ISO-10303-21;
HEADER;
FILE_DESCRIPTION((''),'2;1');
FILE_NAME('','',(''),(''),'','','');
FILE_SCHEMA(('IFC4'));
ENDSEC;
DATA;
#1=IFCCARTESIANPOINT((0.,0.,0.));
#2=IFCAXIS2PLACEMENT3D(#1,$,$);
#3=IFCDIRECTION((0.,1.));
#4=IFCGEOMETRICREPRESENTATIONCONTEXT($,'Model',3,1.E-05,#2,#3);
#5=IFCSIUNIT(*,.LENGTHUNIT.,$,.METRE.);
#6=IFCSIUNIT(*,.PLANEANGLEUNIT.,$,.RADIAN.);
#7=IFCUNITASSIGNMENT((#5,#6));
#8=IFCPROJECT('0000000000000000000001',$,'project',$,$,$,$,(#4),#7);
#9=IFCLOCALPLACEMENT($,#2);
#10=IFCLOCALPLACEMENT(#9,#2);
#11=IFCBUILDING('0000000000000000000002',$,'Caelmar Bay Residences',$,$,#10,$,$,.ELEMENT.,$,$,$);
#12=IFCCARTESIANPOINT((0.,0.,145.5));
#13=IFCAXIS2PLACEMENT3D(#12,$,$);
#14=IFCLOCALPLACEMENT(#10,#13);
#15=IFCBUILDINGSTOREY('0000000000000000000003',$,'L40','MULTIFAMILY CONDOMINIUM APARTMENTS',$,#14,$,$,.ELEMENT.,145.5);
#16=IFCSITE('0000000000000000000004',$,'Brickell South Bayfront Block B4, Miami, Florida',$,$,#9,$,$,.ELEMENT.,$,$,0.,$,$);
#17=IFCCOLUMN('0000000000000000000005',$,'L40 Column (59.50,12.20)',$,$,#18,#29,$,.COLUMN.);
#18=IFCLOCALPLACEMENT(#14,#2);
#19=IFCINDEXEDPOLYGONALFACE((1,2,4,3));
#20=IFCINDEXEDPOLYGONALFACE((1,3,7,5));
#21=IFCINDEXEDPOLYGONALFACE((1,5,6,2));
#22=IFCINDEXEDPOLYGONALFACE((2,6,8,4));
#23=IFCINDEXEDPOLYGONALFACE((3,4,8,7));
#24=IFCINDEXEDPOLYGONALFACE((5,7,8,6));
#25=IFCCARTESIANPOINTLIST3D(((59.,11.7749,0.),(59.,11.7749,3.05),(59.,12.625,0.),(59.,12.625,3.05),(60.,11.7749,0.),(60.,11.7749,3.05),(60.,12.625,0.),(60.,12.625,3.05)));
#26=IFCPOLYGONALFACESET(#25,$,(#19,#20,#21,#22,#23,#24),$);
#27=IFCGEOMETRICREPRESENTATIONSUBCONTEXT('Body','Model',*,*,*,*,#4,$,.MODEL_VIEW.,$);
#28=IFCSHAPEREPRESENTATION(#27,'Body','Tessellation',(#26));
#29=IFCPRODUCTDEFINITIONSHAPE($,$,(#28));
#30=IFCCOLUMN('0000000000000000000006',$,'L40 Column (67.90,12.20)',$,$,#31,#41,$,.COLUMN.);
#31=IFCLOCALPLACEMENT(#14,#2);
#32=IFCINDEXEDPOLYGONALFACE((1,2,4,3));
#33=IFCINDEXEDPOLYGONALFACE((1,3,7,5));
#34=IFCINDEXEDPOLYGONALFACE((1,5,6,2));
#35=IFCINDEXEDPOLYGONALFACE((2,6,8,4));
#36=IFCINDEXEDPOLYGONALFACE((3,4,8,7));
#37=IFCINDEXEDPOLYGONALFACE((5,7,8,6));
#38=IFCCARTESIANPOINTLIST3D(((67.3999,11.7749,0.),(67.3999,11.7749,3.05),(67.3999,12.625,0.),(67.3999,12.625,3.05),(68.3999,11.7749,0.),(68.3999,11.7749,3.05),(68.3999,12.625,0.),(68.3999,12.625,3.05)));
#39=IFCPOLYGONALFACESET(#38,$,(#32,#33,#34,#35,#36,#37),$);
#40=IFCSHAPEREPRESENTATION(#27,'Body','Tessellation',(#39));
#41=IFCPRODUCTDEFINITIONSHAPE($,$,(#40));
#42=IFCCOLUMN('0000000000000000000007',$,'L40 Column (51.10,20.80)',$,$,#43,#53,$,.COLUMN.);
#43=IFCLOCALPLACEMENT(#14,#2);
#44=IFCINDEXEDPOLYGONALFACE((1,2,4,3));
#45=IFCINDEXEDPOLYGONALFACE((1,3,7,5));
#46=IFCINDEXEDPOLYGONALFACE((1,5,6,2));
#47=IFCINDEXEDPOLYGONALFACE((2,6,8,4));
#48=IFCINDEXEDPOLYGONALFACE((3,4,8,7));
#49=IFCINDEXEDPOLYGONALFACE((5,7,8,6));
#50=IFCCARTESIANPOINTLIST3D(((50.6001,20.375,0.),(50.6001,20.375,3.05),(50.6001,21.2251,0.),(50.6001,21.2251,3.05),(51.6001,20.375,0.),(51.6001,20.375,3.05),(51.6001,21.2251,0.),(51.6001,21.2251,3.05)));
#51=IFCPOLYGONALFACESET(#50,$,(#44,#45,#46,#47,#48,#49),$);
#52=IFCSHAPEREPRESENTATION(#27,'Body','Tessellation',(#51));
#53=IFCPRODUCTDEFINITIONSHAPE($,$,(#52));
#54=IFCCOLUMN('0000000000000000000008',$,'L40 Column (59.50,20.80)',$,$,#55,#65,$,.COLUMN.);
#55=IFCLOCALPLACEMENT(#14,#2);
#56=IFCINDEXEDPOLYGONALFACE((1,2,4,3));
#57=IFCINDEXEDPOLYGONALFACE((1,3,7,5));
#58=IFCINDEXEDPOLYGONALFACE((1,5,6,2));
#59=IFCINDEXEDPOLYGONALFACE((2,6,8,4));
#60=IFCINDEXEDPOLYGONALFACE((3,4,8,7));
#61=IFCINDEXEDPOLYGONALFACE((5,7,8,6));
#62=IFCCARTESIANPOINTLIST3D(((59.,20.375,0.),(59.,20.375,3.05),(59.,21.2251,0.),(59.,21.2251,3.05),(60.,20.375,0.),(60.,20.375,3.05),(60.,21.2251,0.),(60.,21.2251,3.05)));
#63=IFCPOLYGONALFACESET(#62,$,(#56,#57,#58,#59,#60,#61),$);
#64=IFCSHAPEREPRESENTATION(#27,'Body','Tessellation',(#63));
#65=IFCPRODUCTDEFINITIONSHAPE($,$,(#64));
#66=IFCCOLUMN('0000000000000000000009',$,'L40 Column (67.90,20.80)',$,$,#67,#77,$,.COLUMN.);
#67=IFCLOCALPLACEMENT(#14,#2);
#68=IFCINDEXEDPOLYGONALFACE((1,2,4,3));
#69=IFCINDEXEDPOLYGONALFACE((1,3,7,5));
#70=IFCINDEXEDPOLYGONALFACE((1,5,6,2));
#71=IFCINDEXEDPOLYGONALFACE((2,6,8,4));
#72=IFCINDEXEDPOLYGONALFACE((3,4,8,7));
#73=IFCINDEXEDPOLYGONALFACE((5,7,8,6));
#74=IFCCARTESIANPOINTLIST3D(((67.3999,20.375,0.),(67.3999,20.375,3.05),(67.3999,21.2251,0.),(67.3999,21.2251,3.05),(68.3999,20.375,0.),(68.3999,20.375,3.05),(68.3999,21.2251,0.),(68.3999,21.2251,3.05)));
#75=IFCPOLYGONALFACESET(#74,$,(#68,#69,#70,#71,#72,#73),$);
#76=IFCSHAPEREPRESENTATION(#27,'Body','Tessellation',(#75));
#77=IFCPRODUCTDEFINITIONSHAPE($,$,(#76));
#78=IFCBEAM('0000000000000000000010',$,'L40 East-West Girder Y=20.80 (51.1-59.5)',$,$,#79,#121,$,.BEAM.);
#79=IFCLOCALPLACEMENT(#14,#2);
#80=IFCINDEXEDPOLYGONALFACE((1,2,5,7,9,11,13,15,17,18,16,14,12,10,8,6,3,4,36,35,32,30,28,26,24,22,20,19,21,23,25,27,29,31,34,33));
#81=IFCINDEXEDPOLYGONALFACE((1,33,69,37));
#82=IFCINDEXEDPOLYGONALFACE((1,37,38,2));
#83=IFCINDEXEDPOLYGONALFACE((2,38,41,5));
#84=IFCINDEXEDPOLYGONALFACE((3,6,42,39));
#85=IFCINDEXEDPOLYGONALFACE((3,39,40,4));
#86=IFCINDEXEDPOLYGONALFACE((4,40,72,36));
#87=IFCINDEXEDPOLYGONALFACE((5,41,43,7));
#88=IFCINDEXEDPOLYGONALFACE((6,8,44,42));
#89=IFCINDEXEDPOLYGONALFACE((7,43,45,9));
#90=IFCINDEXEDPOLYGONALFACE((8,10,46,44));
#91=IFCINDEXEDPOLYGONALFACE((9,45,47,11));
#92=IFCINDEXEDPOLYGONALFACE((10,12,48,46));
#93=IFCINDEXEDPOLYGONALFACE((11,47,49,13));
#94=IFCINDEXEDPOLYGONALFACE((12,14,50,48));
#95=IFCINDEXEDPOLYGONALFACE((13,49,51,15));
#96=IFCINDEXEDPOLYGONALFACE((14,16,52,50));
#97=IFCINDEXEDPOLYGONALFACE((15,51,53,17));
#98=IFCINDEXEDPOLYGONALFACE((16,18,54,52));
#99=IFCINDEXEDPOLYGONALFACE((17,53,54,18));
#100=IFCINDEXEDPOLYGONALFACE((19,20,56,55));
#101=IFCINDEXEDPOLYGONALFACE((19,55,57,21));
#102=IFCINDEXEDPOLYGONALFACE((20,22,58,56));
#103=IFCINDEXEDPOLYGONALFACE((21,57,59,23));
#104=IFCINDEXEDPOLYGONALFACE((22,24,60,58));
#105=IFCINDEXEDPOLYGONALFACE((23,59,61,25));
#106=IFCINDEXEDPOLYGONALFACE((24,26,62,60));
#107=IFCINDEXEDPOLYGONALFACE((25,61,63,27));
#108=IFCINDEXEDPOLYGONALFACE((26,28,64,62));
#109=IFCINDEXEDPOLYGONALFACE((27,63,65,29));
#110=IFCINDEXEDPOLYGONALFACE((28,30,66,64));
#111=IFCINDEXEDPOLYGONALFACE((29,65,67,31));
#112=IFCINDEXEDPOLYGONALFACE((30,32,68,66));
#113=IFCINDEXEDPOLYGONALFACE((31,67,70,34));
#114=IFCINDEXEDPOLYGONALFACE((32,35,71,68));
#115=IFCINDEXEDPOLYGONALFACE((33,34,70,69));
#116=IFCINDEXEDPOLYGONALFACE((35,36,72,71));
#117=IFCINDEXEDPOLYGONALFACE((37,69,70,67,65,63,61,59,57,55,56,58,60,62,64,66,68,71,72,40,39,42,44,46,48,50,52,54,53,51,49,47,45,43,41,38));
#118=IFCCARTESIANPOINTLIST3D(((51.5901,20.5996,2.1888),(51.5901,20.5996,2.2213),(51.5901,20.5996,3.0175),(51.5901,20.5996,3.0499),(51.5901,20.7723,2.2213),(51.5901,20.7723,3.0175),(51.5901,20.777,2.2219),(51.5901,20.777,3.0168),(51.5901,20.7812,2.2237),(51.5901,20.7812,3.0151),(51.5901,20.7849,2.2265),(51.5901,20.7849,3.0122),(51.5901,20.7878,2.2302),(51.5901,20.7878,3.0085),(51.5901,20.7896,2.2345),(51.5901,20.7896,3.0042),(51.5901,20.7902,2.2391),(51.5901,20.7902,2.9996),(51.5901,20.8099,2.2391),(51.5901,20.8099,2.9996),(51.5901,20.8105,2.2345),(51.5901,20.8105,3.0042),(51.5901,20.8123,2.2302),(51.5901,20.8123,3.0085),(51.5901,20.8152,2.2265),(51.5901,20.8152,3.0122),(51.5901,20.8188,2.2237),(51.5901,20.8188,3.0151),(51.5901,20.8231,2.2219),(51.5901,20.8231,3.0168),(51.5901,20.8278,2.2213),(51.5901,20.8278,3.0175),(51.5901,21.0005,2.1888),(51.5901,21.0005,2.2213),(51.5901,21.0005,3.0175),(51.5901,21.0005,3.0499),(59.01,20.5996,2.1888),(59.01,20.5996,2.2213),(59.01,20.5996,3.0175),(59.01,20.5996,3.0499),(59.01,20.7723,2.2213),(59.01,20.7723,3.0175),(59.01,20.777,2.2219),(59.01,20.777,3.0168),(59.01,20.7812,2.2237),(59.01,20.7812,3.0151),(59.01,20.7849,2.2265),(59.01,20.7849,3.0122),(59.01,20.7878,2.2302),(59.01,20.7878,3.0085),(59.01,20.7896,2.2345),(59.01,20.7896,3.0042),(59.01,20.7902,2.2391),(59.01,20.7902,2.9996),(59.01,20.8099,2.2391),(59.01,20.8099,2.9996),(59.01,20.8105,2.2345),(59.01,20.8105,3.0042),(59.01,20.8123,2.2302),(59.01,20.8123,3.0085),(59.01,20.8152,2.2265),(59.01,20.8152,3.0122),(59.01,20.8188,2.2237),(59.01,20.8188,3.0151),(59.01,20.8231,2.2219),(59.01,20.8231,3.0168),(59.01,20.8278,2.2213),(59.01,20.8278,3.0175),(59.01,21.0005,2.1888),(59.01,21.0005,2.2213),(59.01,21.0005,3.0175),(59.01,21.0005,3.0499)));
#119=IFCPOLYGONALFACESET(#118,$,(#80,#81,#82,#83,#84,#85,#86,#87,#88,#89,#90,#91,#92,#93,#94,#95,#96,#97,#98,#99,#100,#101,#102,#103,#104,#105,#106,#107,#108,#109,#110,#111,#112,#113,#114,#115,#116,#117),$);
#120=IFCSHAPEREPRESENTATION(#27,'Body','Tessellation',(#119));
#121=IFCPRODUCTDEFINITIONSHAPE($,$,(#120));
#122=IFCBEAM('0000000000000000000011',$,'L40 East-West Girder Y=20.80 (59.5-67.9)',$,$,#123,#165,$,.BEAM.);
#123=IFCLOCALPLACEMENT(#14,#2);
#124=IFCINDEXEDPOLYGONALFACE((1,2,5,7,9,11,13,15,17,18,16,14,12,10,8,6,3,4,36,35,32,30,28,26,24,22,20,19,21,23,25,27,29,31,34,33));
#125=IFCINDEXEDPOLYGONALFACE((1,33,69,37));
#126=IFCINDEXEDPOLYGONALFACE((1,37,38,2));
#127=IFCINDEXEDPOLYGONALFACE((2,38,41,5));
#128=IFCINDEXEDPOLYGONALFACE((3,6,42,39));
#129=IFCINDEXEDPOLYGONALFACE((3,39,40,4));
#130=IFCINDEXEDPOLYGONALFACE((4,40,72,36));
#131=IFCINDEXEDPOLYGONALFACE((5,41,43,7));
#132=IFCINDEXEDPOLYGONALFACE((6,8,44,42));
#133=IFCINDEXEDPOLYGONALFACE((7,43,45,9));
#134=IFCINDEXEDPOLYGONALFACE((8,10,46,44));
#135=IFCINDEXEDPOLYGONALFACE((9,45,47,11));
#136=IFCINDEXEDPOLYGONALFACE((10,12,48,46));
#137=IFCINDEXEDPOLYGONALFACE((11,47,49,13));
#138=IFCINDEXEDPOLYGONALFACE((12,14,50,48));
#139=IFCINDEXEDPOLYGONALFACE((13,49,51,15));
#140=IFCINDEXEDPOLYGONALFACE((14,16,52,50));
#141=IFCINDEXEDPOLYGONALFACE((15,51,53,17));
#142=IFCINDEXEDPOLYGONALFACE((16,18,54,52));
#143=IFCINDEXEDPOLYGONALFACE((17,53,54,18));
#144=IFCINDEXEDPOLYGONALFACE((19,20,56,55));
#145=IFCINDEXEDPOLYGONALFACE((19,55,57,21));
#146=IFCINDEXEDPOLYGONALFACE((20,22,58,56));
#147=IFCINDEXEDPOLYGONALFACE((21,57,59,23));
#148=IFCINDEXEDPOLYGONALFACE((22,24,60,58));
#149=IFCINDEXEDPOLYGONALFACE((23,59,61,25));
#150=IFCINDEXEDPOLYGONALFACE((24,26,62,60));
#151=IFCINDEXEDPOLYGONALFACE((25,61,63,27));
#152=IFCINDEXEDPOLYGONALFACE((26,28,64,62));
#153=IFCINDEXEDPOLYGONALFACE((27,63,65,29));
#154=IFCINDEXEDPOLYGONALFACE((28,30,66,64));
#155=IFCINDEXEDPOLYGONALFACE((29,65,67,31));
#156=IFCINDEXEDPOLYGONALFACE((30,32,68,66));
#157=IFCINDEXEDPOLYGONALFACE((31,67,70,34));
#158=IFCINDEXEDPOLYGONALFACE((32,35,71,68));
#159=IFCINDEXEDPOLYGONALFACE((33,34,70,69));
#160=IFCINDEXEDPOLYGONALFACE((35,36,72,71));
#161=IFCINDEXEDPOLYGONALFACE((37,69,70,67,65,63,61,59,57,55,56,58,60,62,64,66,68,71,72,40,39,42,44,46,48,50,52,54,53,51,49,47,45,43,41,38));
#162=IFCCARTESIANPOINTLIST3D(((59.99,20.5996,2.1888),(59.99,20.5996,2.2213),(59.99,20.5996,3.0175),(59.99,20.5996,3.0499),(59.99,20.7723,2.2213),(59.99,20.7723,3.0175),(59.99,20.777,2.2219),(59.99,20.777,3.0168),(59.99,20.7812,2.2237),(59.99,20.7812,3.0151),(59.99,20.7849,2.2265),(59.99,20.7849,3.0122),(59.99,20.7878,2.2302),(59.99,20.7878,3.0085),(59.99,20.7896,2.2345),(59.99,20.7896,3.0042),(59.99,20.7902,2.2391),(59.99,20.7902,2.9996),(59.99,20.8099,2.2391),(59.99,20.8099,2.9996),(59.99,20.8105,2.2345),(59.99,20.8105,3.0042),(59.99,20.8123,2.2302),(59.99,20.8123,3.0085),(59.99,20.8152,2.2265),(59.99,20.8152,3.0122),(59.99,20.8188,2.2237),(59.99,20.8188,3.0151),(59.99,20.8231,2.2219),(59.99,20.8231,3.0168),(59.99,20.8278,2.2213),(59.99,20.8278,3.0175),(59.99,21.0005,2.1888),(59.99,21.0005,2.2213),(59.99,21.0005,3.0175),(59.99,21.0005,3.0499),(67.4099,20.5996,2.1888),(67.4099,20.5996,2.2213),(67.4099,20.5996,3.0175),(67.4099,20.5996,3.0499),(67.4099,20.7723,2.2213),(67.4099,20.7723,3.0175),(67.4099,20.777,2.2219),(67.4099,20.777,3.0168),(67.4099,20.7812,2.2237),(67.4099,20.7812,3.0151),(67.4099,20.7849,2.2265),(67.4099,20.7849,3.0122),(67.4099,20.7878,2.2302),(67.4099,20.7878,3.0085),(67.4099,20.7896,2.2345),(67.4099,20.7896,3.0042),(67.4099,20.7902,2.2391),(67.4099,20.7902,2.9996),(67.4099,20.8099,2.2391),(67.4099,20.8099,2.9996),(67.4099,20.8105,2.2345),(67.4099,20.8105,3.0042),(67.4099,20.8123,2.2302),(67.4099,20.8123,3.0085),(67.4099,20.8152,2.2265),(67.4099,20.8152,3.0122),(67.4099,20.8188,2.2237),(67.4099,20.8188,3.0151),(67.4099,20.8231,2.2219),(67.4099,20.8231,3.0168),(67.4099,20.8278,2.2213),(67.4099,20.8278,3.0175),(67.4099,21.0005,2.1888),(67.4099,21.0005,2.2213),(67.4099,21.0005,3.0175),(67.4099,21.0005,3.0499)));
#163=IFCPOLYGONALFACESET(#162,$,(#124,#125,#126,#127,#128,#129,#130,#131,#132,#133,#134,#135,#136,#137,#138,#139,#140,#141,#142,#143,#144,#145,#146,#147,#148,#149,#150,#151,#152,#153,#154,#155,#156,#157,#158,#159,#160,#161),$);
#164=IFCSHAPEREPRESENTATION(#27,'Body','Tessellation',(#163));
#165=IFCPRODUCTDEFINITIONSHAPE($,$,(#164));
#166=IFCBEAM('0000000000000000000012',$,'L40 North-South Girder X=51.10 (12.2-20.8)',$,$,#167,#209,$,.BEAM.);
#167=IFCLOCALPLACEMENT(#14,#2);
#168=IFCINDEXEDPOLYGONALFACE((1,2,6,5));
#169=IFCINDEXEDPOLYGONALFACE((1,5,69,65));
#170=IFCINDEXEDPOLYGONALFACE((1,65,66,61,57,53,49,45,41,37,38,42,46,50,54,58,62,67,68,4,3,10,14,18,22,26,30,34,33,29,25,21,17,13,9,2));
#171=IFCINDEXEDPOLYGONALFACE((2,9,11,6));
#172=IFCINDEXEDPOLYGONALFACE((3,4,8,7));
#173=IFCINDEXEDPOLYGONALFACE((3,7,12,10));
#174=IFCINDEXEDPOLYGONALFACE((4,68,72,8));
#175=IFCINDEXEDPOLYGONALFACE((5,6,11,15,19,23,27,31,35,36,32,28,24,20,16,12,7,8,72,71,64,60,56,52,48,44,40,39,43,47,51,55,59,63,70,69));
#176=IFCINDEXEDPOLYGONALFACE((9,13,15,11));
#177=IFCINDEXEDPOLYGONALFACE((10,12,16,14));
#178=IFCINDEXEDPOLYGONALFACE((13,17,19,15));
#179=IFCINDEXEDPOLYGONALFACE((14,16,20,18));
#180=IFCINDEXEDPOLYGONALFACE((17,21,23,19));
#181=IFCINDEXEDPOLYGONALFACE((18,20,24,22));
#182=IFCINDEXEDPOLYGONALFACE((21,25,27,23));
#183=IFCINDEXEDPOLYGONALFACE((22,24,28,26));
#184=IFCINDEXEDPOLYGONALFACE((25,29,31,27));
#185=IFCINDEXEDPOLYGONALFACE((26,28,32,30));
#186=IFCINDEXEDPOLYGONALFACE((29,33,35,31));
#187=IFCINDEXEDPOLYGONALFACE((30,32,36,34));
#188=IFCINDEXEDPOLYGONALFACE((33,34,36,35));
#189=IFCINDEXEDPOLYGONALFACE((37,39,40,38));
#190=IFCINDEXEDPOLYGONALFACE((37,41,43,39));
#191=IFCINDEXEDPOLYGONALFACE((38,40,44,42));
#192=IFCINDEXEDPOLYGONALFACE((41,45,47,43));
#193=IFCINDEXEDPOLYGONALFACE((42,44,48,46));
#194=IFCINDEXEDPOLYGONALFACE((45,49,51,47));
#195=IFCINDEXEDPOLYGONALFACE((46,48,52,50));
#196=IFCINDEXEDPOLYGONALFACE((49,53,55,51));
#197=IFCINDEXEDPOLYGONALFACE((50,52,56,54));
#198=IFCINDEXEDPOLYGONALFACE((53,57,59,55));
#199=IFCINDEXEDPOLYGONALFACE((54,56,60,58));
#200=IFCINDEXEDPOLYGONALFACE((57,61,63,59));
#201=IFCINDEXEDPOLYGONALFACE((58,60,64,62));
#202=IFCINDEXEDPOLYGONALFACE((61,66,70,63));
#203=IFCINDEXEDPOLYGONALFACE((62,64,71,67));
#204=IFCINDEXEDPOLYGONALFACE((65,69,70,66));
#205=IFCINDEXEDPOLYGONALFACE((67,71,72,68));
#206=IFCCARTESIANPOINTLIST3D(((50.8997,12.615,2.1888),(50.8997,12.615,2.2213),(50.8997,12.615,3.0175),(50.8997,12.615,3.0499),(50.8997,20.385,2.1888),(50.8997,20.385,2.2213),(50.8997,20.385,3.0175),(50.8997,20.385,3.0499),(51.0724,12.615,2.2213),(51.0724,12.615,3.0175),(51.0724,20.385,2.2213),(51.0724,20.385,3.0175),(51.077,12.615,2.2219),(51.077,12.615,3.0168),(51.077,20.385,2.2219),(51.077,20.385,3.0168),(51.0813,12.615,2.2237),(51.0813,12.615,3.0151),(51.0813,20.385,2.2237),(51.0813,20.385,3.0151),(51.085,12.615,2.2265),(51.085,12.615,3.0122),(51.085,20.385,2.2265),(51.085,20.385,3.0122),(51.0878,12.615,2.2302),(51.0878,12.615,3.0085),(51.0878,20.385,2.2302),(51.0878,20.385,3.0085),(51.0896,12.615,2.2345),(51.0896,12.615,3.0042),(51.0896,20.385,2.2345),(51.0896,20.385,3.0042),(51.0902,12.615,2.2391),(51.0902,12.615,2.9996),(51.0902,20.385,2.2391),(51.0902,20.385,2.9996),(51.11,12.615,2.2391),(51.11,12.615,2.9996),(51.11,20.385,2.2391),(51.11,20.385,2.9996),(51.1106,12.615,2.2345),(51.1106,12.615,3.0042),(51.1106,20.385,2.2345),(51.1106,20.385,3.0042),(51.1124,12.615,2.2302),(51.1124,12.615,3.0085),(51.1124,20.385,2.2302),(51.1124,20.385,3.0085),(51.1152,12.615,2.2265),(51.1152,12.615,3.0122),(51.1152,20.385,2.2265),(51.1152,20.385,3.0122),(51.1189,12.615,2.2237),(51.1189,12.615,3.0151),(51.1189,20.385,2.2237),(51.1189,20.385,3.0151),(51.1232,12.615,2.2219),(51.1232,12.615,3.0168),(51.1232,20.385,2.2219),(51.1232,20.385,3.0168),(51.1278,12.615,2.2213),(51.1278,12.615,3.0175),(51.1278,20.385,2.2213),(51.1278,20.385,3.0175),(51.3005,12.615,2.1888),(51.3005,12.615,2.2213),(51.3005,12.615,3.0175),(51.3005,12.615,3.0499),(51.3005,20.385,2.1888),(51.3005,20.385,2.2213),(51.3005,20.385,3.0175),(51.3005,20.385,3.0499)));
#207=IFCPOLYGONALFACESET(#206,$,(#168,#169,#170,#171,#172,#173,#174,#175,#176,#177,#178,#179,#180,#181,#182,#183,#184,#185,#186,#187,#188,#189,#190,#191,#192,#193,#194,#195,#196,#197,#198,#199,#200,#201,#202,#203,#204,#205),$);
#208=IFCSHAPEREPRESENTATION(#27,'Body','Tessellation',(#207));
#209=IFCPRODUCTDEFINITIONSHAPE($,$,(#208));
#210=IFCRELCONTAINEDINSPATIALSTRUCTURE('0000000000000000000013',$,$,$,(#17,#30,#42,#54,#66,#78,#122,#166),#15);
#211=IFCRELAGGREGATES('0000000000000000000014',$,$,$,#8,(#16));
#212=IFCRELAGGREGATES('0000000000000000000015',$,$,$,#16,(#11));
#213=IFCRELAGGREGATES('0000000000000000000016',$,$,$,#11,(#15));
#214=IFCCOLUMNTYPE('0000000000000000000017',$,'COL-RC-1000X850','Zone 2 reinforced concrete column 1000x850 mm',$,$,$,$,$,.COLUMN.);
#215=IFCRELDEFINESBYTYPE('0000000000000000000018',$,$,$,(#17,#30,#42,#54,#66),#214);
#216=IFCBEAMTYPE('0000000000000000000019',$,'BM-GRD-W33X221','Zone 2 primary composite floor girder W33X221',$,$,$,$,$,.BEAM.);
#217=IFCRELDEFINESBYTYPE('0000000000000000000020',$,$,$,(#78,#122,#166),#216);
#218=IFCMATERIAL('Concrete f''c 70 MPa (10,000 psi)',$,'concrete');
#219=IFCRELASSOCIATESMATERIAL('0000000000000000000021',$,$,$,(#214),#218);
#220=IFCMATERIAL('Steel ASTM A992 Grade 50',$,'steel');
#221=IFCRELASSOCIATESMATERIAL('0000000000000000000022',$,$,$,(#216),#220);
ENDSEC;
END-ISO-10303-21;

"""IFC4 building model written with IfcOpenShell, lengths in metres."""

from ifc_helpers import new_model, si_unit, direction, frame, origin, origin_2d, place, context, subcontext, project, spatial, rectangle, i_section, extrude, material, material_profile, profile_set, type_object, element, save


model = new_model("IFC4")

# Units and contexts
model_context = context("Model", 3, precision=1e-05, world=origin(), true_north=direction((0.0, 1.0)))
body_context = subcontext(model_context, "Body", "Model", "MODEL_VIEW")
ifc_project = project(units=[si_unit("LENGTHUNIT", "METRE"), si_unit("PLANEANGLEUNIT", "RADIAN")], contexts=[model_context])

# Site, building, storey
site_placement = place(None, origin())
site = spatial("IfcSite", under=ifc_project, at=site_placement, Name="Brickell South Bayfront Block B4, Miami, Florida", CompositionType="ELEMENT", RefElevation=0.0)
building_placement = place(site_placement, origin())
building = spatial("IfcBuilding", under=site, at=building_placement, Name="Caelmar Bay Residences", CompositionType="ELEMENT")
storey_placement = place(building_placement, frame((0.0, 0.0, 145.5)))
storey = spatial("IfcBuildingStorey", under=building, at=storey_placement, Name="L40", Description="MULTIFAMILY CONDOMINIUM APARTMENTS", CompositionType="ELEMENT", Elevation=145.5)

# Columns
ifc_material_1 = material(Name="Concrete f'c 70 MPa (10,000 psi)", Category="concrete")
ifc_material_profile_1 = material_profile(ifc_material_1, rectangle(XDim=1.0, YDim=0.8501, at=origin_2d()), Name="RC-COL-1000X850")
ifc_profile_set_1 = profile_set([ifc_material_profile_1], Name="Concrete f'c 70 MPa (10,000 psi)")
column_type = type_object("IfcColumnType", Name="COL-RC-1000X850", Description="Zone 2 reinforced concrete column 1000x850 mm", PredefinedType="COLUMN", material=ifc_profile_set_1)
for number, where, z_axis, x_axis, name in (
    (1, (59.5, 12.2, 0.0), (0.0, 0.0, 1.0), (1.0, 0.0, 0.0), "L40 Column (59.50,12.20)"),
    (2, (67.8999, 12.2, 0.0), (0.0, 0.0, 1.0), (1.0, 0.0, 0.0), "L40 Column (67.90,12.20)"),
    (3, (51.1001, 20.8, 0.0), (0.0, 0.0, 1.0), (1.0, 0.0, 0.0), "L40 Column (51.10,20.80)"),
    (4, (59.5, 20.8, 0.0), (0.0, 0.0, 1.0), (1.0, 0.0, 0.0), "L40 Column (59.50,20.80)"),
    (5, (67.8999, 20.8, 0.0), (0.0, 0.0, 1.0), (1.0, 0.0, 0.0), "L40 Column (67.90,20.80)"),
):
    element("IfcColumn", number, at=place(storey_placement, frame(where, z_axis=z_axis, x_axis=x_axis)), inside=storey, type_object=column_type, Name=name, PredefinedType="COLUMN", context=body_context, shape_type="SweptSolid", body=[
        extrude(rectangle(XDim=1.0, YDim=0.8501, at=origin_2d()), origin(), (0.0, 0.0, 1.0), 3.05),
    ])

# Beams
ifc_material_2 = material(Name="Steel ASTM A992 Grade 50", Category="steel")
ifc_material_profile_2 = material_profile(ifc_material_2, i_section(OverallWidth=0.4009, OverallDepth=0.8611, WebThickness=0.0198, FlangeThickness=0.0325, FilletRadius=0.0178, at=origin_2d()), Name="W33X221")
ifc_profile_set_2 = profile_set([ifc_material_profile_2], Name="Steel ASTM A992 Grade 50")
beam_type_1 = type_object("IfcBeamType", Name="BM-GRD-W33X221", Description="Zone 2 primary composite floor girder W33X221", PredefinedType="BEAM", material=ifc_profile_set_2)
for number, where, z_axis, x_axis, name in (
    (6, (51.5901, 20.8, 2.6194), (1.0, 0.0, 0.0), (0.0, 1.0, 0.0), "L40 East-West Girder Y=20.80 (51.1-59.5)"),
    (7, (59.99, 20.8, 2.6194), (1.0, 0.0, 0.0), (0.0, 1.0, 0.0), "L40 East-West Girder Y=20.80 (59.5-67.9)"),
):
    element("IfcBeam", number, at=place(storey_placement, frame(where, z_axis=z_axis, x_axis=x_axis)), inside=storey, type_object=beam_type_1, Name=name, PredefinedType="BEAM", context=body_context, shape_type="SweptSolid", body=[
        extrude(i_section(OverallWidth=0.4009, OverallDepth=0.8611, WebThickness=0.0198, FlangeThickness=0.0325, FilletRadius=0.0178, at=origin_2d()), origin(), (0.0, 0.0, 1.0), 7.4199),
    ])
for number, where, z_axis, x_axis, name in (
    (8, (51.1001, 12.615, 2.6194), (0.0, 1.0, 0.0), (-1.0, 0.0, 0.0), "L40 North-South Girder X=51.10 (12.2-20.8)"),
):
    element("IfcBeam", number, at=place(storey_placement, frame(where, z_axis=z_axis, x_axis=x_axis)), inside=storey, type_object=beam_type_1, Name=name, PredefinedType="BEAM", context=body_context, shape_type="SweptSolid", body=[
        extrude(i_section(OverallWidth=0.4009, OverallDepth=0.8611, WebThickness=0.0198, FlangeThickness=0.0325, FilletRadius=0.0178, at=origin_2d()), origin(), (0.0, 0.0, 1.0), 7.77),
    ])

save(model, "model.ifc")
